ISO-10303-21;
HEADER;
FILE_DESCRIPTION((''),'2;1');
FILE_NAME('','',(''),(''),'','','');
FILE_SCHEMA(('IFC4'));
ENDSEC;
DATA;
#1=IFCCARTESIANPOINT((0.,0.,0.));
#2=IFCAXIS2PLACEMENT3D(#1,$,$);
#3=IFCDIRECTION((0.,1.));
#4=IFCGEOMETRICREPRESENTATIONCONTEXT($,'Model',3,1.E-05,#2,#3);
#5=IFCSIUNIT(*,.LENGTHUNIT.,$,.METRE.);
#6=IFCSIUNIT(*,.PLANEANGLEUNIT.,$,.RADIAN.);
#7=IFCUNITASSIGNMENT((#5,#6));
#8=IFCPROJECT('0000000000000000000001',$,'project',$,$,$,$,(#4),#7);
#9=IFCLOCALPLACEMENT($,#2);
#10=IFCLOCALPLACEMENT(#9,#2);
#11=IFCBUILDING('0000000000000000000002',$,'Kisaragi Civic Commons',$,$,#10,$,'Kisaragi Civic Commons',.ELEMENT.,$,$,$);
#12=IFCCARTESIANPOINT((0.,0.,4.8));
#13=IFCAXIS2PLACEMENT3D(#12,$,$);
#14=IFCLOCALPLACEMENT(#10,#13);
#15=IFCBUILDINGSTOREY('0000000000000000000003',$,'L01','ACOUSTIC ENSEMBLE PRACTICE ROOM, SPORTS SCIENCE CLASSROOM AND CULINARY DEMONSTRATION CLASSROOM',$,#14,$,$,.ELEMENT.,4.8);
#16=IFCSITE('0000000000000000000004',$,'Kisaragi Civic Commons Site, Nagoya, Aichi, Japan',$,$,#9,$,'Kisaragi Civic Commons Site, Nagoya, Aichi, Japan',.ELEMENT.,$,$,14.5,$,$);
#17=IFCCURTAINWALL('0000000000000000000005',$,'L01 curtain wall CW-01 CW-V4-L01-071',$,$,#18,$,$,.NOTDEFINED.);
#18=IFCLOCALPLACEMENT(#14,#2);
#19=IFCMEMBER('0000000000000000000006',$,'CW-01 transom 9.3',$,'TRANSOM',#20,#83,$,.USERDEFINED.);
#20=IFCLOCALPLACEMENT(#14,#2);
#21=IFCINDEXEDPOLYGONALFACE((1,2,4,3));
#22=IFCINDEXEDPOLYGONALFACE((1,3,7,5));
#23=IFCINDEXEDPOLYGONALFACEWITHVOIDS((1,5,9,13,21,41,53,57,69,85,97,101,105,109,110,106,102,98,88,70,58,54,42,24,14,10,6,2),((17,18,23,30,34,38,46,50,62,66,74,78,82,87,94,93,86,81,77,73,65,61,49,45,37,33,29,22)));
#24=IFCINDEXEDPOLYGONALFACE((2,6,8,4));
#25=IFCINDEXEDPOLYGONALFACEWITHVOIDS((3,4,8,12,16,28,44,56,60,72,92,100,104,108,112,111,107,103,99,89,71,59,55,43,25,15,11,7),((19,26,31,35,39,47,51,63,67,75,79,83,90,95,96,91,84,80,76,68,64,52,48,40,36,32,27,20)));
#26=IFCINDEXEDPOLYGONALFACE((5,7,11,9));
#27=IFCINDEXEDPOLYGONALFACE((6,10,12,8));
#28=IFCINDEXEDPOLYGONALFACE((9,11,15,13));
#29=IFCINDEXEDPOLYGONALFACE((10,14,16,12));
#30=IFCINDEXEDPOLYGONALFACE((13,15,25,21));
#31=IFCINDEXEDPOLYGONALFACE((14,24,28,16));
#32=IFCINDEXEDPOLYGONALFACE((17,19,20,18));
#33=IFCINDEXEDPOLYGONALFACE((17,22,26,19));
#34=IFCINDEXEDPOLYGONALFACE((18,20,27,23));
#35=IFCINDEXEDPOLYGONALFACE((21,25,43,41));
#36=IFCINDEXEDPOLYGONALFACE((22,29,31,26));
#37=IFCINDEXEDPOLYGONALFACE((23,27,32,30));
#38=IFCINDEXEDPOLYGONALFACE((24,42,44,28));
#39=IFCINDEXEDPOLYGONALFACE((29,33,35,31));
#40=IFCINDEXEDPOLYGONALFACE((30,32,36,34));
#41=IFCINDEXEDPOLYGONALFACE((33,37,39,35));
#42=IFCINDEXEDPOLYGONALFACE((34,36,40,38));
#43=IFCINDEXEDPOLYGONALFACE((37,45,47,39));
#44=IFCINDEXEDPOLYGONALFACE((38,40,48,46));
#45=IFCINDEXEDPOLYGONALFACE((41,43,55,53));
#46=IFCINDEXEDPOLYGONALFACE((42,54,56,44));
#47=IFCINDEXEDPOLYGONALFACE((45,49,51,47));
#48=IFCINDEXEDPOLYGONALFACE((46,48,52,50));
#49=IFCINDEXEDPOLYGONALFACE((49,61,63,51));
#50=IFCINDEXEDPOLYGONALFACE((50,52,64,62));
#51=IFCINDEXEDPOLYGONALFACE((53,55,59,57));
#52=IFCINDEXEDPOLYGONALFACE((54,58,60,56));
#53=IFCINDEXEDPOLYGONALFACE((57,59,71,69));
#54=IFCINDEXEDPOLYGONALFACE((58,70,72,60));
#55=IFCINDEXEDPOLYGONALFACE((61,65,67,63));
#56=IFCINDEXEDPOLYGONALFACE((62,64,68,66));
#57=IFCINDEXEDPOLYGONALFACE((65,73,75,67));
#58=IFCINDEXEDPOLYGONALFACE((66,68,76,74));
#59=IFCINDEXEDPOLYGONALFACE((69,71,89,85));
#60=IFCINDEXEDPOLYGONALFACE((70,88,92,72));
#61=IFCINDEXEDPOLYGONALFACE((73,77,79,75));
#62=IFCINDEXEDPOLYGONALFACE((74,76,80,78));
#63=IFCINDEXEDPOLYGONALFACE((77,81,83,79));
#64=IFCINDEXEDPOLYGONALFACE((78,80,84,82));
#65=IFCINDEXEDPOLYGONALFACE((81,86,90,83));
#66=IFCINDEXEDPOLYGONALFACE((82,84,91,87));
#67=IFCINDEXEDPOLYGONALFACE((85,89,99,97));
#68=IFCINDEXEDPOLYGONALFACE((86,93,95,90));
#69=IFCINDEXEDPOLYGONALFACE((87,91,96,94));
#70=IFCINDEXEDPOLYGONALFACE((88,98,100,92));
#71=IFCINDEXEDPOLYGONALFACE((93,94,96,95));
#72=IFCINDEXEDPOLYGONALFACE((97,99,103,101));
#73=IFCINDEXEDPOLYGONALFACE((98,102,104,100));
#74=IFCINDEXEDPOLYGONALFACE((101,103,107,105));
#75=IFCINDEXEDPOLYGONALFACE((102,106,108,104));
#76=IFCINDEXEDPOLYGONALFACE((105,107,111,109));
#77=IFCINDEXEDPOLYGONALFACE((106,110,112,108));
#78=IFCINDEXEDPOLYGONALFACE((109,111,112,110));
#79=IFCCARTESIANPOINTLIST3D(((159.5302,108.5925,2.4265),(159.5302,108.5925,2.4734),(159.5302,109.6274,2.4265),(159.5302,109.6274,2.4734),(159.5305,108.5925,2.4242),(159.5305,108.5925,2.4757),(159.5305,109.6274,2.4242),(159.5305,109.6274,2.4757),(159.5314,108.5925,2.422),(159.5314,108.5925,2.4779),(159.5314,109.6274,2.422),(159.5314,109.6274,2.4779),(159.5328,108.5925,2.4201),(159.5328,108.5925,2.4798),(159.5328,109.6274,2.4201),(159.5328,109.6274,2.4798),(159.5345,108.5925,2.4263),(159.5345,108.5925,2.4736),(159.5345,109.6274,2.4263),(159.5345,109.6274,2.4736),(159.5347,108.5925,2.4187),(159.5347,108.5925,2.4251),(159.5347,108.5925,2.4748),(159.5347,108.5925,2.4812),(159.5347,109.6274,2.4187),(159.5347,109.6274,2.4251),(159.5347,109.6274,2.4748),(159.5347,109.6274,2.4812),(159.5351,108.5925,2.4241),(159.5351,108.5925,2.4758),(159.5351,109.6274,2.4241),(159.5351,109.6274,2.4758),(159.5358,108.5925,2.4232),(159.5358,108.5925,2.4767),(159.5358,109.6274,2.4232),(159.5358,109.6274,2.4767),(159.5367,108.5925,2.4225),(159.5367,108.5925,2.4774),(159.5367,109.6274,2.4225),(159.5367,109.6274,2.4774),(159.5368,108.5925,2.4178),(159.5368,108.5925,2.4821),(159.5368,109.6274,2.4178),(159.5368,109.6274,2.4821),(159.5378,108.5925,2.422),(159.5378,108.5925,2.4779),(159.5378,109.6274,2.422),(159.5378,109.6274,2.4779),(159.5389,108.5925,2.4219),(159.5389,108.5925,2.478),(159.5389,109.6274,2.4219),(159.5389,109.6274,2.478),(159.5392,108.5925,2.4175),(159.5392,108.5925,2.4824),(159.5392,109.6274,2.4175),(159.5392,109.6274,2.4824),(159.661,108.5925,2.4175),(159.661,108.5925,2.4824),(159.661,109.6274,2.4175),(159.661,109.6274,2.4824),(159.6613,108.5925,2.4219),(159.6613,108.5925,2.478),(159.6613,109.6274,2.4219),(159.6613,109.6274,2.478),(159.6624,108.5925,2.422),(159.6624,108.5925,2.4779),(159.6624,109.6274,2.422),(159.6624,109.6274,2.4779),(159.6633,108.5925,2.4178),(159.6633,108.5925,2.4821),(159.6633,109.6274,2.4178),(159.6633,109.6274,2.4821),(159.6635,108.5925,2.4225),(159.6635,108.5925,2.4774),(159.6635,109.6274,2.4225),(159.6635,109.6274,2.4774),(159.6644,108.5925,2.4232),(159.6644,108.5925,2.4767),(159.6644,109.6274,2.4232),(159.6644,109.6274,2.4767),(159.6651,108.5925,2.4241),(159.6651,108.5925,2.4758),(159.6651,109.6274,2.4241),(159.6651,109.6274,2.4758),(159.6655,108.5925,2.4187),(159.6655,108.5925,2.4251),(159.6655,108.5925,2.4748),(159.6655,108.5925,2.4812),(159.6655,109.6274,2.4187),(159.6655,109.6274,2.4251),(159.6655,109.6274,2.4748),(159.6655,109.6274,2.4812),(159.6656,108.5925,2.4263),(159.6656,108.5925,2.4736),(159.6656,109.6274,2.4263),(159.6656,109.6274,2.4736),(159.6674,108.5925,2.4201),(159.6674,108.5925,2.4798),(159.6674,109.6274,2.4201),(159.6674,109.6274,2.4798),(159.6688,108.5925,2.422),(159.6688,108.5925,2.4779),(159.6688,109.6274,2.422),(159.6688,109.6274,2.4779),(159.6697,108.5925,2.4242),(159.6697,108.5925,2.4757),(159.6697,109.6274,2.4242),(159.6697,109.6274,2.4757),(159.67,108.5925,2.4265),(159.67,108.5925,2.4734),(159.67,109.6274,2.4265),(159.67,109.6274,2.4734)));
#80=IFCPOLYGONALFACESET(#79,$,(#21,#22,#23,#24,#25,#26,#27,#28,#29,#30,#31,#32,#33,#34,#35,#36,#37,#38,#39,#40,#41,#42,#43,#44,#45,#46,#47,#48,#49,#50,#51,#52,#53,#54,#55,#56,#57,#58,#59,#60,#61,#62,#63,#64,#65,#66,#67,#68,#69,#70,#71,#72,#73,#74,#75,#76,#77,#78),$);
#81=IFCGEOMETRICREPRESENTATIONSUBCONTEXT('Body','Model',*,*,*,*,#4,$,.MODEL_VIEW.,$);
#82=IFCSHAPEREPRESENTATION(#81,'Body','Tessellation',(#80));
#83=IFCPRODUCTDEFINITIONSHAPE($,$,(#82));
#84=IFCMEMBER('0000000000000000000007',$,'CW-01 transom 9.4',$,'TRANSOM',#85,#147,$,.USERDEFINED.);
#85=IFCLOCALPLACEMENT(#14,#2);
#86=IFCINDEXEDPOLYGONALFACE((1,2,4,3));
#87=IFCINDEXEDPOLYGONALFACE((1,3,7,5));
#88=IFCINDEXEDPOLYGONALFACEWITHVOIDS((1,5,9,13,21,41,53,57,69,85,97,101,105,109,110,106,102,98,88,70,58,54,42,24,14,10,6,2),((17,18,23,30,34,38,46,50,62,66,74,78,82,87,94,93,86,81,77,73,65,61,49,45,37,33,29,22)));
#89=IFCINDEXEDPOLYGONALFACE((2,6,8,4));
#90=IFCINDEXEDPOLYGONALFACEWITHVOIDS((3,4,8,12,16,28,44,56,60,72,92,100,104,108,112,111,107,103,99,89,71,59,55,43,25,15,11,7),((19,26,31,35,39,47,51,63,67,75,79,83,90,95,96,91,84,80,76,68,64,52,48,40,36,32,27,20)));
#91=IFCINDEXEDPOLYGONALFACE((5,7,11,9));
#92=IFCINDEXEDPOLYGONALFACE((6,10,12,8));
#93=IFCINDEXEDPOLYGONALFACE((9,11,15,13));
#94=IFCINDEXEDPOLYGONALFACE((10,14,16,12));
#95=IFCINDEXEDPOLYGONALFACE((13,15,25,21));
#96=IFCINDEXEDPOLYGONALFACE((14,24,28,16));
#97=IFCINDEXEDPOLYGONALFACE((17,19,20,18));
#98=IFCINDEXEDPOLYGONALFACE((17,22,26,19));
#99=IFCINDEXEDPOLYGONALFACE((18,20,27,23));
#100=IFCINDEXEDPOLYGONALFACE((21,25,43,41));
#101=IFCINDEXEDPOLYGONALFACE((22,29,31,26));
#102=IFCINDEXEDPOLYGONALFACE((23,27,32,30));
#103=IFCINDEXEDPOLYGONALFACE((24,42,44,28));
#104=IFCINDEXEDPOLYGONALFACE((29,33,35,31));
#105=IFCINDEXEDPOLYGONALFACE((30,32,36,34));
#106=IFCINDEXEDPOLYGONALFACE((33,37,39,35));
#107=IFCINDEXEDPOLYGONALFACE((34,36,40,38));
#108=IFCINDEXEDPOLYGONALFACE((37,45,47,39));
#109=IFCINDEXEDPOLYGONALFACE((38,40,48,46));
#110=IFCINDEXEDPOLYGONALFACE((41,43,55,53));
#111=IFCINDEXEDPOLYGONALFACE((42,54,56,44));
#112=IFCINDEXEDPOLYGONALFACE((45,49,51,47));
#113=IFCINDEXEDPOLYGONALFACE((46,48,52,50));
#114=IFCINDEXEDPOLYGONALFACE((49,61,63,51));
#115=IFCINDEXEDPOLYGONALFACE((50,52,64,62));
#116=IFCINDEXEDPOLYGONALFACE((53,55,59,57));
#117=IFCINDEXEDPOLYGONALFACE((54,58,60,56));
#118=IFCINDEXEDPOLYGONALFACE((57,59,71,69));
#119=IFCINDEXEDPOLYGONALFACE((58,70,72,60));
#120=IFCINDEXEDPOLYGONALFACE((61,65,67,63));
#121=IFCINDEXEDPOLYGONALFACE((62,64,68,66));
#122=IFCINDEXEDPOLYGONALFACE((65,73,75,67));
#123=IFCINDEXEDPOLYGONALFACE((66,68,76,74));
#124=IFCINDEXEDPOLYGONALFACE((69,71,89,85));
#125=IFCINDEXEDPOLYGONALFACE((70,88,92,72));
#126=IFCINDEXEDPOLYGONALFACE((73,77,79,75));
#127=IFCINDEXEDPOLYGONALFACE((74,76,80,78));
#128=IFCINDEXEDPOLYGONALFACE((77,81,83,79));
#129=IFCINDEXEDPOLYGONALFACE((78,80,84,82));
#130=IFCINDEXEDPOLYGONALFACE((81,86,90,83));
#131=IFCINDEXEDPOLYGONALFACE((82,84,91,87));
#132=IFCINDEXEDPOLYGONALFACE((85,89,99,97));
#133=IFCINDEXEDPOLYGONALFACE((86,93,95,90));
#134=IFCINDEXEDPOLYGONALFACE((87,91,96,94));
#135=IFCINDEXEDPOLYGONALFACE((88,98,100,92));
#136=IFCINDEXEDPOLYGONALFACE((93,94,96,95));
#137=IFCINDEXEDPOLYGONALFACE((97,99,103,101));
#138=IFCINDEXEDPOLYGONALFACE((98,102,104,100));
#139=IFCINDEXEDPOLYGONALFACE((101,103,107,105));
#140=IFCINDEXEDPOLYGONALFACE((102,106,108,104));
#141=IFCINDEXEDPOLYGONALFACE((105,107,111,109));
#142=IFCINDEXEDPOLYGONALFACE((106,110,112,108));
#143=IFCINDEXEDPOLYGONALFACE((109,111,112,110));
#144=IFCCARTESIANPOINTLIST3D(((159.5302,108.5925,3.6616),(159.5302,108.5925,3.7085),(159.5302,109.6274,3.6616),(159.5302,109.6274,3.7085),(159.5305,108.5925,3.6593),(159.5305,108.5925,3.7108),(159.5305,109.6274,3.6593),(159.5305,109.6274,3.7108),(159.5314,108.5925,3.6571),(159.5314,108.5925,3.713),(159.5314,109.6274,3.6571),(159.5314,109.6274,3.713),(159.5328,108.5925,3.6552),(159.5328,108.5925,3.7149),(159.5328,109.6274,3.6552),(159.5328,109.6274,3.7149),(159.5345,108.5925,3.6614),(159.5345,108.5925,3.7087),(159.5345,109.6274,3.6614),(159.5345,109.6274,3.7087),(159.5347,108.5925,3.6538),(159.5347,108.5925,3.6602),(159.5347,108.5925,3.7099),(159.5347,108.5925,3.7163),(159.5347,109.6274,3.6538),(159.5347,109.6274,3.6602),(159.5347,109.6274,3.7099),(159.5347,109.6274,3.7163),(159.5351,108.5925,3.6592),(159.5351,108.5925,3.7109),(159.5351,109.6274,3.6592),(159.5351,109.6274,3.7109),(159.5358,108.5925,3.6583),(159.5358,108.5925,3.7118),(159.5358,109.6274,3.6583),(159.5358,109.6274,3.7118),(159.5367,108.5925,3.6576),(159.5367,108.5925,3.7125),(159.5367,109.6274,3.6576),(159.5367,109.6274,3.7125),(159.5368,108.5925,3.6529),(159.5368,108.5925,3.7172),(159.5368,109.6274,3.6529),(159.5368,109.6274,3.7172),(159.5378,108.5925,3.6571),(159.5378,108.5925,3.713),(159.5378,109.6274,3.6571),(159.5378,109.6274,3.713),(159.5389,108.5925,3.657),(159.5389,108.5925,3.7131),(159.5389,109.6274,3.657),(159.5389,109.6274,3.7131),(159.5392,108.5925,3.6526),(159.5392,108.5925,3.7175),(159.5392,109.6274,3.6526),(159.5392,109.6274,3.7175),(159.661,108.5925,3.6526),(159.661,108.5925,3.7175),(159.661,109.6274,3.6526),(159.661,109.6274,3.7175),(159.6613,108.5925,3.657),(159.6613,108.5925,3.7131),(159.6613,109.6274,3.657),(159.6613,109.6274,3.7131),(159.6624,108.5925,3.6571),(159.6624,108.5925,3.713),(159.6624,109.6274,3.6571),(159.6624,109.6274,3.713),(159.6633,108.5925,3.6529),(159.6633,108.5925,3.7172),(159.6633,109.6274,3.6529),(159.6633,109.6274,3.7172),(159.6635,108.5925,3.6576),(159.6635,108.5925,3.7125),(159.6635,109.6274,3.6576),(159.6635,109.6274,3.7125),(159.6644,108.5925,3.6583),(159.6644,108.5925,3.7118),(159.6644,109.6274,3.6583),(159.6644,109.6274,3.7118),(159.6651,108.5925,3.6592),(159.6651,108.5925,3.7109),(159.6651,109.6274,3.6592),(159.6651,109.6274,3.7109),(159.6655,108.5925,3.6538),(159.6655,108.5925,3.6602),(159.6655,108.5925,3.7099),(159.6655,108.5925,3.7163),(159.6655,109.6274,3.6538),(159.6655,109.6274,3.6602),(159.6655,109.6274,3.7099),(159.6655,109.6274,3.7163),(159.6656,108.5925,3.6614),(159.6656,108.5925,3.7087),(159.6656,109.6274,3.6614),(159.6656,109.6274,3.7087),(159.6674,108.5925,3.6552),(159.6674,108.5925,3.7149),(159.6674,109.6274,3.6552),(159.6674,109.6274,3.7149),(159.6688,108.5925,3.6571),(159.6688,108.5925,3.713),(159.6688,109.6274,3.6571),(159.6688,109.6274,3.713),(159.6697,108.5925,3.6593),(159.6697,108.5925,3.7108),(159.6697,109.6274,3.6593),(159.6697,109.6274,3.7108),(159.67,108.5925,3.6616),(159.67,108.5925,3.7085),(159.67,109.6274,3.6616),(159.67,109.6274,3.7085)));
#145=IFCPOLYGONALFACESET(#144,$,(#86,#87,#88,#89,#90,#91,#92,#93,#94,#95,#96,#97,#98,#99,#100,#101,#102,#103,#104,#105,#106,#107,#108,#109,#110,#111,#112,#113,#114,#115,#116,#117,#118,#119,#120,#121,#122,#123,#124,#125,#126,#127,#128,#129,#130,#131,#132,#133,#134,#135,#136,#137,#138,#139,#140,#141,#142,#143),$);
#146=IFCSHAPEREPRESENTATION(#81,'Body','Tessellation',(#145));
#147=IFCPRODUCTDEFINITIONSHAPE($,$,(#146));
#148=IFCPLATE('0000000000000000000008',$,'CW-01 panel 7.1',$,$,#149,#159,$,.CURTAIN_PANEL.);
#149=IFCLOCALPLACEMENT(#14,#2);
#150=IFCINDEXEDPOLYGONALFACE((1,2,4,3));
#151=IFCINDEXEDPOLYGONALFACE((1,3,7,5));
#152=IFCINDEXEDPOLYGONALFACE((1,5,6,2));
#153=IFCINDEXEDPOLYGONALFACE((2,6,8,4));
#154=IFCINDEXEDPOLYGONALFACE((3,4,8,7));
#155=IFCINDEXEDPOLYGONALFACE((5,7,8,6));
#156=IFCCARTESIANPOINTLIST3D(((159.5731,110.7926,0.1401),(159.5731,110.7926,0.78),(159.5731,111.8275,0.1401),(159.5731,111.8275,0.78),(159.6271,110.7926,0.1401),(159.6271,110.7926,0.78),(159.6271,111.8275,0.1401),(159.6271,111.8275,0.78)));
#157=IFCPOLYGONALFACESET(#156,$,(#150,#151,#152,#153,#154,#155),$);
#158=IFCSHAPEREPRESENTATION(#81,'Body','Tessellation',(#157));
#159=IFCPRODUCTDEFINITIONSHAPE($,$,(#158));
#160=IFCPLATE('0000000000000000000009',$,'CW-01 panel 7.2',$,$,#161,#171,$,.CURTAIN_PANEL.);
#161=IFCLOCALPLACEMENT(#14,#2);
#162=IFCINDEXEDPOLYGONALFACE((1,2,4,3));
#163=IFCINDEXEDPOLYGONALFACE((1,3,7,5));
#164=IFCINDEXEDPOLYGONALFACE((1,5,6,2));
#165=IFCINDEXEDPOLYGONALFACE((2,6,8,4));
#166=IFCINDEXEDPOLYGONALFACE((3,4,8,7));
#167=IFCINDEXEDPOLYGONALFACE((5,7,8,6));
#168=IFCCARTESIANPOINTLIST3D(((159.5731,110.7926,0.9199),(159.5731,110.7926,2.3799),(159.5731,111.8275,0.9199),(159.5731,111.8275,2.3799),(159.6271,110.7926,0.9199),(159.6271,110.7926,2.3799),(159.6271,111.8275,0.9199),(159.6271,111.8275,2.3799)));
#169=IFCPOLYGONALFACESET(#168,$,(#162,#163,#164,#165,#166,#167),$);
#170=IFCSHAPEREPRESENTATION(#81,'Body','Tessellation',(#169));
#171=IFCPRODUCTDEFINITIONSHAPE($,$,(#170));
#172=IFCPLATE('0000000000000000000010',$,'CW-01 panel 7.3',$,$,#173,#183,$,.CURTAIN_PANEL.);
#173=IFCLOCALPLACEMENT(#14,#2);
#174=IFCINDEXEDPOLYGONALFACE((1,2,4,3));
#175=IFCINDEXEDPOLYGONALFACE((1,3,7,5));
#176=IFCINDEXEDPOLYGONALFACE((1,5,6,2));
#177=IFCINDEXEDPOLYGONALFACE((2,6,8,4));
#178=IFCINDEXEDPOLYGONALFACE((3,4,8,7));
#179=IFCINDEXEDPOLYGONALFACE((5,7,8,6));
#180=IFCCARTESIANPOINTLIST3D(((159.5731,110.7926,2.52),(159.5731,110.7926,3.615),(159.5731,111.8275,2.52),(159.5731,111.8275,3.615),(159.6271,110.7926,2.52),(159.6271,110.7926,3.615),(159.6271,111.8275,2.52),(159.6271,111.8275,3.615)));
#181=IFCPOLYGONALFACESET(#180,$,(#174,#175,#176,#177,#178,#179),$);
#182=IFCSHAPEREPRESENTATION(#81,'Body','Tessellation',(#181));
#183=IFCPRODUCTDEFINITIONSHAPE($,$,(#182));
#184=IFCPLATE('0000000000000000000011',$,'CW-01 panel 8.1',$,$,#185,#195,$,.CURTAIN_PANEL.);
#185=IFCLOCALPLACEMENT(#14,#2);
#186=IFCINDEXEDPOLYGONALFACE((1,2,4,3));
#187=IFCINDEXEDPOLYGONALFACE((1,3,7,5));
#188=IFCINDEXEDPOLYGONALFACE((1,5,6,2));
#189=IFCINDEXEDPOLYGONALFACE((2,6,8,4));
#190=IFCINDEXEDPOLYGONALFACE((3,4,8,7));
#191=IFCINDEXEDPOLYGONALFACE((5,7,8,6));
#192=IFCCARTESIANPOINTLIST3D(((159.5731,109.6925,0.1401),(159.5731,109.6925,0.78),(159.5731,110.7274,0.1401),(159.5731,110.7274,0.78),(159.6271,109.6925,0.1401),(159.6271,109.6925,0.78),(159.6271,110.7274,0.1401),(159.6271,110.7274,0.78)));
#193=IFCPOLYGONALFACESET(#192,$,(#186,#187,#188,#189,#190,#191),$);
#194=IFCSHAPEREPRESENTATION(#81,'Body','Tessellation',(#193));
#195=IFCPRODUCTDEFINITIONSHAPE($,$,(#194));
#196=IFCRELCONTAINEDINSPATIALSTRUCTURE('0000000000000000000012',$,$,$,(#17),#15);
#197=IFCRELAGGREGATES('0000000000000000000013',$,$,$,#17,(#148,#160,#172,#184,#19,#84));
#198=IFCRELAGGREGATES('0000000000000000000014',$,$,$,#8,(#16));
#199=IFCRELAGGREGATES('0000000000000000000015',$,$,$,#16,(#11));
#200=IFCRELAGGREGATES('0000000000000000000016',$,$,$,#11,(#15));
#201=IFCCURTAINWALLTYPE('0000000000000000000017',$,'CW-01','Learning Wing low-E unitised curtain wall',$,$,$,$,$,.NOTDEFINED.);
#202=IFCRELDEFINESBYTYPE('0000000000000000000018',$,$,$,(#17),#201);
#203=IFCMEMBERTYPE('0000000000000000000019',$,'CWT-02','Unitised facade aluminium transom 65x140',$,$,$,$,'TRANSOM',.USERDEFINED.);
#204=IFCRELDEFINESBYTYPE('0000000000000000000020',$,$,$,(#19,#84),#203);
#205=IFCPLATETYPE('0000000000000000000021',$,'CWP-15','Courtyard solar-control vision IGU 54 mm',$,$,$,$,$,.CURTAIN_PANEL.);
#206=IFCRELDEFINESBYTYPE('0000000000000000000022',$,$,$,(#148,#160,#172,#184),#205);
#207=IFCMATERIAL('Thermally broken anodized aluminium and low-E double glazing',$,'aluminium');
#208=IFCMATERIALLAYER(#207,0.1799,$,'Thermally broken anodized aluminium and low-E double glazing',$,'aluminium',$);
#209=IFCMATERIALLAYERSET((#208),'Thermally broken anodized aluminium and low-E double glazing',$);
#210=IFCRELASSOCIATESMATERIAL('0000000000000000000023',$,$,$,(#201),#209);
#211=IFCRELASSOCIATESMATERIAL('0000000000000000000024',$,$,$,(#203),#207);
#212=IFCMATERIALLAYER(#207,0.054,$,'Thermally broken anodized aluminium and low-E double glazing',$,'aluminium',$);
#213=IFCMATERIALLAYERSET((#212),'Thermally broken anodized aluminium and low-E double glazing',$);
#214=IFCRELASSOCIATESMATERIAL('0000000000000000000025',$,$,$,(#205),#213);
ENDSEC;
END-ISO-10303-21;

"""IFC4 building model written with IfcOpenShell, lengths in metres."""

from ifc_helpers import new_model, si_unit, direction, frame, origin, origin_2d, place, context, subcontext, project, spatial, rectangle, hollow_rectangle, extrude, material, layer, layer_set, material_profile, profile_set, type_object, element, aggregate, save


model = new_model("IFC4")

# Units and contexts
model_context = context("Model", 3, precision=1e-05, world=origin(), true_north=direction((0.0, 1.0)))
body_context = subcontext(model_context, "Body", "Model", "MODEL_VIEW")
ifc_project = project(units=[si_unit("LENGTHUNIT", "METRE"), si_unit("PLANEANGLEUNIT", "RADIAN")], contexts=[model_context])

# Site, building, storey
site_placement = place(None, origin())
site = spatial("IfcSite", under=ifc_project, at=site_placement, Name="Kisaragi Civic Commons Site, Nagoya, Aichi, Japan", LongName="Kisaragi Civic Commons Site, Nagoya, Aichi, Japan", CompositionType="ELEMENT", RefElevation=14.5)
building_placement = place(site_placement, origin())
building = spatial("IfcBuilding", under=site, at=building_placement, Name="Kisaragi Civic Commons", LongName="Kisaragi Civic Commons", CompositionType="ELEMENT")
storey_placement = place(building_placement, frame((0.0, 0.0, 4.8)))
storey = spatial("IfcBuildingStorey", under=building, at=storey_placement, Name="L01", Description="ACOUSTIC ENSEMBLE PRACTICE ROOM, SPORTS SCIENCE CLASSROOM AND CULINARY DEMONSTRATION CLASSROOM", CompositionType="ELEMENT", Elevation=4.8)

# Curtain wall, members, plates
ifc_material_1 = material(Name="Thermally broken anodized aluminium and low-E double glazing", Category="aluminium")
ifc_layer_1 = layer(ifc_material_1, 0.1799, Name="Thermally broken anodized aluminium and low-E double glazing", Category="aluminium")
ifc_layer_set_1 = layer_set([ifc_layer_1], Name="Thermally broken anodized aluminium and low-E double glazing")
curtain_wall_type = type_object("IfcCurtainWallType", Name="CW-01", Description="Learning Wing low-E unitised curtain wall", PredefinedType="NOTDEFINED", material=ifc_layer_set_1)
curtain_wall_placement = place(storey_placement, origin())
curtain_wall = element("IfcCurtainWall", 1, at=curtain_wall_placement, inside=storey, type_object=curtain_wall_type, Name="L01 curtain wall CW-01 CW-V4-L01-071", PredefinedType="NOTDEFINED")
ifc_material_profile_1 = material_profile(ifc_material_1, hollow_rectangle(XDim=0.1399, YDim=0.0649, WallThickness=0.0044, InnerFilletRadius=0.0044, OuterFilletRadius=0.009, at=origin_2d()), Name="CWT-65x140x4.5", Category="aluminium")
ifc_profile_set_1 = profile_set([ifc_material_profile_1], Name="Thermally broken anodized aluminium and low-E double glazing")
member_type_1 = type_object("IfcMemberType", Name="CWT-02", Description="Unitised facade aluminium transom 65x140", ElementType="TRANSOM", PredefinedType="USERDEFINED", material=ifc_profile_set_1)
member_1_placement = place(storey_placement, frame((159.6001, 109.6274, 2.45), z_axis=(0.0, -1.0, 0.0), x_axis=(1.0, 0.0, 0.0)))
member_1 = element("IfcMember", 2, at=member_1_placement, type_object=member_type_1, Name="CW-01 transom 9.3", ObjectType="TRANSOM", PredefinedType="USERDEFINED", context=body_context, shape_type="SweptSolid", body=[
    extrude(hollow_rectangle(XDim=0.1399, YDim=0.0649, WallThickness=0.0044, InnerFilletRadius=0.0044, OuterFilletRadius=0.009, at=origin_2d()), origin(), (0.0, 0.0, 1.0), 1.0349),
])
member_2_placement = place(storey_placement, frame((159.6001, 109.6274, 3.6851), z_axis=(0.0, -1.0, 0.0), x_axis=(1.0, 0.0, 0.0)))
member_2 = element("IfcMember", 3, at=member_2_placement, type_object=member_type_1, Name="CW-01 transom 9.4", ObjectType="TRANSOM", PredefinedType="USERDEFINED", context=body_context, shape_type="SweptSolid", body=[
    extrude(hollow_rectangle(XDim=0.1399, YDim=0.0649, WallThickness=0.0044, InnerFilletRadius=0.0044, OuterFilletRadius=0.009, at=origin_2d()), origin(), (0.0, 0.0, 1.0), 1.0349),
])
ifc_layer_2 = layer(ifc_material_1, 0.054, Name="Thermally broken anodized aluminium and low-E double glazing", Category="aluminium")
ifc_layer_set_2 = layer_set([ifc_layer_2], Name="Thermally broken anodized aluminium and low-E double glazing")
plate_type = type_object("IfcPlateType", Name="CWP-15", Description="Courtyard solar-control vision IGU 54 mm", PredefinedType="CURTAIN_PANEL", material=ifc_layer_set_2)
plate_1_placement = place(storey_placement, frame((159.6001, 111.3101, 0.1401), z_axis=(0.0, 0.0, 1.0), x_axis=(0.0, -1.0, 0.0)))
plate_1 = element("IfcPlate", 4, at=plate_1_placement, type_object=plate_type, Name="CW-01 panel 7.1", PredefinedType="CURTAIN_PANEL", context=body_context, shape_type="SweptSolid", body=[
    extrude(rectangle(XDim=1.0349, YDim=0.054, at=origin_2d()), origin(), (0.0, 0.0, 1.0), 0.6399),
])
plate_2_placement = place(storey_placement, frame((159.6001, 111.3101, 0.9199), z_axis=(0.0, 0.0, 1.0), x_axis=(0.0, -1.0, 0.0)))
plate_2 = element("IfcPlate", 5, at=plate_2_placement, type_object=plate_type, Name="CW-01 panel 7.2", PredefinedType="CURTAIN_PANEL", context=body_context, shape_type="SweptSolid", body=[
    extrude(rectangle(XDim=1.0349, YDim=0.054, at=origin_2d()), origin(), (0.0, 0.0, 1.0), 1.46),
])
plate_3_placement = place(storey_placement, frame((159.6001, 111.3101, 2.52), z_axis=(0.0, 0.0, 1.0), x_axis=(0.0, -1.0, 0.0)))
plate_3 = element("IfcPlate", 6, at=plate_3_placement, type_object=plate_type, Name="CW-01 panel 7.3", PredefinedType="CURTAIN_PANEL", context=body_context, shape_type="SweptSolid", body=[
    extrude(rectangle(XDim=1.0349, YDim=0.054, at=origin_2d()), origin(), (0.0, 0.0, 1.0), 1.095),
])
plate_4_placement = place(storey_placement, frame((159.6001, 110.21, 0.1401), z_axis=(0.0, 0.0, 1.0), x_axis=(0.0, -1.0, 0.0)))
plate_4 = element("IfcPlate", 7, at=plate_4_placement, type_object=plate_type, Name="CW-01 panel 8.1", PredefinedType="CURTAIN_PANEL", context=body_context, shape_type="SweptSolid", body=[
    extrude(rectangle(XDim=1.0349, YDim=0.054, at=origin_2d()), origin(), (0.0, 0.0, 1.0), 0.6399),
])
aggregate(curtain_wall, [plate_1, plate_2, plate_3, plate_4, member_1, member_2])

save(model, "model.ifc")
